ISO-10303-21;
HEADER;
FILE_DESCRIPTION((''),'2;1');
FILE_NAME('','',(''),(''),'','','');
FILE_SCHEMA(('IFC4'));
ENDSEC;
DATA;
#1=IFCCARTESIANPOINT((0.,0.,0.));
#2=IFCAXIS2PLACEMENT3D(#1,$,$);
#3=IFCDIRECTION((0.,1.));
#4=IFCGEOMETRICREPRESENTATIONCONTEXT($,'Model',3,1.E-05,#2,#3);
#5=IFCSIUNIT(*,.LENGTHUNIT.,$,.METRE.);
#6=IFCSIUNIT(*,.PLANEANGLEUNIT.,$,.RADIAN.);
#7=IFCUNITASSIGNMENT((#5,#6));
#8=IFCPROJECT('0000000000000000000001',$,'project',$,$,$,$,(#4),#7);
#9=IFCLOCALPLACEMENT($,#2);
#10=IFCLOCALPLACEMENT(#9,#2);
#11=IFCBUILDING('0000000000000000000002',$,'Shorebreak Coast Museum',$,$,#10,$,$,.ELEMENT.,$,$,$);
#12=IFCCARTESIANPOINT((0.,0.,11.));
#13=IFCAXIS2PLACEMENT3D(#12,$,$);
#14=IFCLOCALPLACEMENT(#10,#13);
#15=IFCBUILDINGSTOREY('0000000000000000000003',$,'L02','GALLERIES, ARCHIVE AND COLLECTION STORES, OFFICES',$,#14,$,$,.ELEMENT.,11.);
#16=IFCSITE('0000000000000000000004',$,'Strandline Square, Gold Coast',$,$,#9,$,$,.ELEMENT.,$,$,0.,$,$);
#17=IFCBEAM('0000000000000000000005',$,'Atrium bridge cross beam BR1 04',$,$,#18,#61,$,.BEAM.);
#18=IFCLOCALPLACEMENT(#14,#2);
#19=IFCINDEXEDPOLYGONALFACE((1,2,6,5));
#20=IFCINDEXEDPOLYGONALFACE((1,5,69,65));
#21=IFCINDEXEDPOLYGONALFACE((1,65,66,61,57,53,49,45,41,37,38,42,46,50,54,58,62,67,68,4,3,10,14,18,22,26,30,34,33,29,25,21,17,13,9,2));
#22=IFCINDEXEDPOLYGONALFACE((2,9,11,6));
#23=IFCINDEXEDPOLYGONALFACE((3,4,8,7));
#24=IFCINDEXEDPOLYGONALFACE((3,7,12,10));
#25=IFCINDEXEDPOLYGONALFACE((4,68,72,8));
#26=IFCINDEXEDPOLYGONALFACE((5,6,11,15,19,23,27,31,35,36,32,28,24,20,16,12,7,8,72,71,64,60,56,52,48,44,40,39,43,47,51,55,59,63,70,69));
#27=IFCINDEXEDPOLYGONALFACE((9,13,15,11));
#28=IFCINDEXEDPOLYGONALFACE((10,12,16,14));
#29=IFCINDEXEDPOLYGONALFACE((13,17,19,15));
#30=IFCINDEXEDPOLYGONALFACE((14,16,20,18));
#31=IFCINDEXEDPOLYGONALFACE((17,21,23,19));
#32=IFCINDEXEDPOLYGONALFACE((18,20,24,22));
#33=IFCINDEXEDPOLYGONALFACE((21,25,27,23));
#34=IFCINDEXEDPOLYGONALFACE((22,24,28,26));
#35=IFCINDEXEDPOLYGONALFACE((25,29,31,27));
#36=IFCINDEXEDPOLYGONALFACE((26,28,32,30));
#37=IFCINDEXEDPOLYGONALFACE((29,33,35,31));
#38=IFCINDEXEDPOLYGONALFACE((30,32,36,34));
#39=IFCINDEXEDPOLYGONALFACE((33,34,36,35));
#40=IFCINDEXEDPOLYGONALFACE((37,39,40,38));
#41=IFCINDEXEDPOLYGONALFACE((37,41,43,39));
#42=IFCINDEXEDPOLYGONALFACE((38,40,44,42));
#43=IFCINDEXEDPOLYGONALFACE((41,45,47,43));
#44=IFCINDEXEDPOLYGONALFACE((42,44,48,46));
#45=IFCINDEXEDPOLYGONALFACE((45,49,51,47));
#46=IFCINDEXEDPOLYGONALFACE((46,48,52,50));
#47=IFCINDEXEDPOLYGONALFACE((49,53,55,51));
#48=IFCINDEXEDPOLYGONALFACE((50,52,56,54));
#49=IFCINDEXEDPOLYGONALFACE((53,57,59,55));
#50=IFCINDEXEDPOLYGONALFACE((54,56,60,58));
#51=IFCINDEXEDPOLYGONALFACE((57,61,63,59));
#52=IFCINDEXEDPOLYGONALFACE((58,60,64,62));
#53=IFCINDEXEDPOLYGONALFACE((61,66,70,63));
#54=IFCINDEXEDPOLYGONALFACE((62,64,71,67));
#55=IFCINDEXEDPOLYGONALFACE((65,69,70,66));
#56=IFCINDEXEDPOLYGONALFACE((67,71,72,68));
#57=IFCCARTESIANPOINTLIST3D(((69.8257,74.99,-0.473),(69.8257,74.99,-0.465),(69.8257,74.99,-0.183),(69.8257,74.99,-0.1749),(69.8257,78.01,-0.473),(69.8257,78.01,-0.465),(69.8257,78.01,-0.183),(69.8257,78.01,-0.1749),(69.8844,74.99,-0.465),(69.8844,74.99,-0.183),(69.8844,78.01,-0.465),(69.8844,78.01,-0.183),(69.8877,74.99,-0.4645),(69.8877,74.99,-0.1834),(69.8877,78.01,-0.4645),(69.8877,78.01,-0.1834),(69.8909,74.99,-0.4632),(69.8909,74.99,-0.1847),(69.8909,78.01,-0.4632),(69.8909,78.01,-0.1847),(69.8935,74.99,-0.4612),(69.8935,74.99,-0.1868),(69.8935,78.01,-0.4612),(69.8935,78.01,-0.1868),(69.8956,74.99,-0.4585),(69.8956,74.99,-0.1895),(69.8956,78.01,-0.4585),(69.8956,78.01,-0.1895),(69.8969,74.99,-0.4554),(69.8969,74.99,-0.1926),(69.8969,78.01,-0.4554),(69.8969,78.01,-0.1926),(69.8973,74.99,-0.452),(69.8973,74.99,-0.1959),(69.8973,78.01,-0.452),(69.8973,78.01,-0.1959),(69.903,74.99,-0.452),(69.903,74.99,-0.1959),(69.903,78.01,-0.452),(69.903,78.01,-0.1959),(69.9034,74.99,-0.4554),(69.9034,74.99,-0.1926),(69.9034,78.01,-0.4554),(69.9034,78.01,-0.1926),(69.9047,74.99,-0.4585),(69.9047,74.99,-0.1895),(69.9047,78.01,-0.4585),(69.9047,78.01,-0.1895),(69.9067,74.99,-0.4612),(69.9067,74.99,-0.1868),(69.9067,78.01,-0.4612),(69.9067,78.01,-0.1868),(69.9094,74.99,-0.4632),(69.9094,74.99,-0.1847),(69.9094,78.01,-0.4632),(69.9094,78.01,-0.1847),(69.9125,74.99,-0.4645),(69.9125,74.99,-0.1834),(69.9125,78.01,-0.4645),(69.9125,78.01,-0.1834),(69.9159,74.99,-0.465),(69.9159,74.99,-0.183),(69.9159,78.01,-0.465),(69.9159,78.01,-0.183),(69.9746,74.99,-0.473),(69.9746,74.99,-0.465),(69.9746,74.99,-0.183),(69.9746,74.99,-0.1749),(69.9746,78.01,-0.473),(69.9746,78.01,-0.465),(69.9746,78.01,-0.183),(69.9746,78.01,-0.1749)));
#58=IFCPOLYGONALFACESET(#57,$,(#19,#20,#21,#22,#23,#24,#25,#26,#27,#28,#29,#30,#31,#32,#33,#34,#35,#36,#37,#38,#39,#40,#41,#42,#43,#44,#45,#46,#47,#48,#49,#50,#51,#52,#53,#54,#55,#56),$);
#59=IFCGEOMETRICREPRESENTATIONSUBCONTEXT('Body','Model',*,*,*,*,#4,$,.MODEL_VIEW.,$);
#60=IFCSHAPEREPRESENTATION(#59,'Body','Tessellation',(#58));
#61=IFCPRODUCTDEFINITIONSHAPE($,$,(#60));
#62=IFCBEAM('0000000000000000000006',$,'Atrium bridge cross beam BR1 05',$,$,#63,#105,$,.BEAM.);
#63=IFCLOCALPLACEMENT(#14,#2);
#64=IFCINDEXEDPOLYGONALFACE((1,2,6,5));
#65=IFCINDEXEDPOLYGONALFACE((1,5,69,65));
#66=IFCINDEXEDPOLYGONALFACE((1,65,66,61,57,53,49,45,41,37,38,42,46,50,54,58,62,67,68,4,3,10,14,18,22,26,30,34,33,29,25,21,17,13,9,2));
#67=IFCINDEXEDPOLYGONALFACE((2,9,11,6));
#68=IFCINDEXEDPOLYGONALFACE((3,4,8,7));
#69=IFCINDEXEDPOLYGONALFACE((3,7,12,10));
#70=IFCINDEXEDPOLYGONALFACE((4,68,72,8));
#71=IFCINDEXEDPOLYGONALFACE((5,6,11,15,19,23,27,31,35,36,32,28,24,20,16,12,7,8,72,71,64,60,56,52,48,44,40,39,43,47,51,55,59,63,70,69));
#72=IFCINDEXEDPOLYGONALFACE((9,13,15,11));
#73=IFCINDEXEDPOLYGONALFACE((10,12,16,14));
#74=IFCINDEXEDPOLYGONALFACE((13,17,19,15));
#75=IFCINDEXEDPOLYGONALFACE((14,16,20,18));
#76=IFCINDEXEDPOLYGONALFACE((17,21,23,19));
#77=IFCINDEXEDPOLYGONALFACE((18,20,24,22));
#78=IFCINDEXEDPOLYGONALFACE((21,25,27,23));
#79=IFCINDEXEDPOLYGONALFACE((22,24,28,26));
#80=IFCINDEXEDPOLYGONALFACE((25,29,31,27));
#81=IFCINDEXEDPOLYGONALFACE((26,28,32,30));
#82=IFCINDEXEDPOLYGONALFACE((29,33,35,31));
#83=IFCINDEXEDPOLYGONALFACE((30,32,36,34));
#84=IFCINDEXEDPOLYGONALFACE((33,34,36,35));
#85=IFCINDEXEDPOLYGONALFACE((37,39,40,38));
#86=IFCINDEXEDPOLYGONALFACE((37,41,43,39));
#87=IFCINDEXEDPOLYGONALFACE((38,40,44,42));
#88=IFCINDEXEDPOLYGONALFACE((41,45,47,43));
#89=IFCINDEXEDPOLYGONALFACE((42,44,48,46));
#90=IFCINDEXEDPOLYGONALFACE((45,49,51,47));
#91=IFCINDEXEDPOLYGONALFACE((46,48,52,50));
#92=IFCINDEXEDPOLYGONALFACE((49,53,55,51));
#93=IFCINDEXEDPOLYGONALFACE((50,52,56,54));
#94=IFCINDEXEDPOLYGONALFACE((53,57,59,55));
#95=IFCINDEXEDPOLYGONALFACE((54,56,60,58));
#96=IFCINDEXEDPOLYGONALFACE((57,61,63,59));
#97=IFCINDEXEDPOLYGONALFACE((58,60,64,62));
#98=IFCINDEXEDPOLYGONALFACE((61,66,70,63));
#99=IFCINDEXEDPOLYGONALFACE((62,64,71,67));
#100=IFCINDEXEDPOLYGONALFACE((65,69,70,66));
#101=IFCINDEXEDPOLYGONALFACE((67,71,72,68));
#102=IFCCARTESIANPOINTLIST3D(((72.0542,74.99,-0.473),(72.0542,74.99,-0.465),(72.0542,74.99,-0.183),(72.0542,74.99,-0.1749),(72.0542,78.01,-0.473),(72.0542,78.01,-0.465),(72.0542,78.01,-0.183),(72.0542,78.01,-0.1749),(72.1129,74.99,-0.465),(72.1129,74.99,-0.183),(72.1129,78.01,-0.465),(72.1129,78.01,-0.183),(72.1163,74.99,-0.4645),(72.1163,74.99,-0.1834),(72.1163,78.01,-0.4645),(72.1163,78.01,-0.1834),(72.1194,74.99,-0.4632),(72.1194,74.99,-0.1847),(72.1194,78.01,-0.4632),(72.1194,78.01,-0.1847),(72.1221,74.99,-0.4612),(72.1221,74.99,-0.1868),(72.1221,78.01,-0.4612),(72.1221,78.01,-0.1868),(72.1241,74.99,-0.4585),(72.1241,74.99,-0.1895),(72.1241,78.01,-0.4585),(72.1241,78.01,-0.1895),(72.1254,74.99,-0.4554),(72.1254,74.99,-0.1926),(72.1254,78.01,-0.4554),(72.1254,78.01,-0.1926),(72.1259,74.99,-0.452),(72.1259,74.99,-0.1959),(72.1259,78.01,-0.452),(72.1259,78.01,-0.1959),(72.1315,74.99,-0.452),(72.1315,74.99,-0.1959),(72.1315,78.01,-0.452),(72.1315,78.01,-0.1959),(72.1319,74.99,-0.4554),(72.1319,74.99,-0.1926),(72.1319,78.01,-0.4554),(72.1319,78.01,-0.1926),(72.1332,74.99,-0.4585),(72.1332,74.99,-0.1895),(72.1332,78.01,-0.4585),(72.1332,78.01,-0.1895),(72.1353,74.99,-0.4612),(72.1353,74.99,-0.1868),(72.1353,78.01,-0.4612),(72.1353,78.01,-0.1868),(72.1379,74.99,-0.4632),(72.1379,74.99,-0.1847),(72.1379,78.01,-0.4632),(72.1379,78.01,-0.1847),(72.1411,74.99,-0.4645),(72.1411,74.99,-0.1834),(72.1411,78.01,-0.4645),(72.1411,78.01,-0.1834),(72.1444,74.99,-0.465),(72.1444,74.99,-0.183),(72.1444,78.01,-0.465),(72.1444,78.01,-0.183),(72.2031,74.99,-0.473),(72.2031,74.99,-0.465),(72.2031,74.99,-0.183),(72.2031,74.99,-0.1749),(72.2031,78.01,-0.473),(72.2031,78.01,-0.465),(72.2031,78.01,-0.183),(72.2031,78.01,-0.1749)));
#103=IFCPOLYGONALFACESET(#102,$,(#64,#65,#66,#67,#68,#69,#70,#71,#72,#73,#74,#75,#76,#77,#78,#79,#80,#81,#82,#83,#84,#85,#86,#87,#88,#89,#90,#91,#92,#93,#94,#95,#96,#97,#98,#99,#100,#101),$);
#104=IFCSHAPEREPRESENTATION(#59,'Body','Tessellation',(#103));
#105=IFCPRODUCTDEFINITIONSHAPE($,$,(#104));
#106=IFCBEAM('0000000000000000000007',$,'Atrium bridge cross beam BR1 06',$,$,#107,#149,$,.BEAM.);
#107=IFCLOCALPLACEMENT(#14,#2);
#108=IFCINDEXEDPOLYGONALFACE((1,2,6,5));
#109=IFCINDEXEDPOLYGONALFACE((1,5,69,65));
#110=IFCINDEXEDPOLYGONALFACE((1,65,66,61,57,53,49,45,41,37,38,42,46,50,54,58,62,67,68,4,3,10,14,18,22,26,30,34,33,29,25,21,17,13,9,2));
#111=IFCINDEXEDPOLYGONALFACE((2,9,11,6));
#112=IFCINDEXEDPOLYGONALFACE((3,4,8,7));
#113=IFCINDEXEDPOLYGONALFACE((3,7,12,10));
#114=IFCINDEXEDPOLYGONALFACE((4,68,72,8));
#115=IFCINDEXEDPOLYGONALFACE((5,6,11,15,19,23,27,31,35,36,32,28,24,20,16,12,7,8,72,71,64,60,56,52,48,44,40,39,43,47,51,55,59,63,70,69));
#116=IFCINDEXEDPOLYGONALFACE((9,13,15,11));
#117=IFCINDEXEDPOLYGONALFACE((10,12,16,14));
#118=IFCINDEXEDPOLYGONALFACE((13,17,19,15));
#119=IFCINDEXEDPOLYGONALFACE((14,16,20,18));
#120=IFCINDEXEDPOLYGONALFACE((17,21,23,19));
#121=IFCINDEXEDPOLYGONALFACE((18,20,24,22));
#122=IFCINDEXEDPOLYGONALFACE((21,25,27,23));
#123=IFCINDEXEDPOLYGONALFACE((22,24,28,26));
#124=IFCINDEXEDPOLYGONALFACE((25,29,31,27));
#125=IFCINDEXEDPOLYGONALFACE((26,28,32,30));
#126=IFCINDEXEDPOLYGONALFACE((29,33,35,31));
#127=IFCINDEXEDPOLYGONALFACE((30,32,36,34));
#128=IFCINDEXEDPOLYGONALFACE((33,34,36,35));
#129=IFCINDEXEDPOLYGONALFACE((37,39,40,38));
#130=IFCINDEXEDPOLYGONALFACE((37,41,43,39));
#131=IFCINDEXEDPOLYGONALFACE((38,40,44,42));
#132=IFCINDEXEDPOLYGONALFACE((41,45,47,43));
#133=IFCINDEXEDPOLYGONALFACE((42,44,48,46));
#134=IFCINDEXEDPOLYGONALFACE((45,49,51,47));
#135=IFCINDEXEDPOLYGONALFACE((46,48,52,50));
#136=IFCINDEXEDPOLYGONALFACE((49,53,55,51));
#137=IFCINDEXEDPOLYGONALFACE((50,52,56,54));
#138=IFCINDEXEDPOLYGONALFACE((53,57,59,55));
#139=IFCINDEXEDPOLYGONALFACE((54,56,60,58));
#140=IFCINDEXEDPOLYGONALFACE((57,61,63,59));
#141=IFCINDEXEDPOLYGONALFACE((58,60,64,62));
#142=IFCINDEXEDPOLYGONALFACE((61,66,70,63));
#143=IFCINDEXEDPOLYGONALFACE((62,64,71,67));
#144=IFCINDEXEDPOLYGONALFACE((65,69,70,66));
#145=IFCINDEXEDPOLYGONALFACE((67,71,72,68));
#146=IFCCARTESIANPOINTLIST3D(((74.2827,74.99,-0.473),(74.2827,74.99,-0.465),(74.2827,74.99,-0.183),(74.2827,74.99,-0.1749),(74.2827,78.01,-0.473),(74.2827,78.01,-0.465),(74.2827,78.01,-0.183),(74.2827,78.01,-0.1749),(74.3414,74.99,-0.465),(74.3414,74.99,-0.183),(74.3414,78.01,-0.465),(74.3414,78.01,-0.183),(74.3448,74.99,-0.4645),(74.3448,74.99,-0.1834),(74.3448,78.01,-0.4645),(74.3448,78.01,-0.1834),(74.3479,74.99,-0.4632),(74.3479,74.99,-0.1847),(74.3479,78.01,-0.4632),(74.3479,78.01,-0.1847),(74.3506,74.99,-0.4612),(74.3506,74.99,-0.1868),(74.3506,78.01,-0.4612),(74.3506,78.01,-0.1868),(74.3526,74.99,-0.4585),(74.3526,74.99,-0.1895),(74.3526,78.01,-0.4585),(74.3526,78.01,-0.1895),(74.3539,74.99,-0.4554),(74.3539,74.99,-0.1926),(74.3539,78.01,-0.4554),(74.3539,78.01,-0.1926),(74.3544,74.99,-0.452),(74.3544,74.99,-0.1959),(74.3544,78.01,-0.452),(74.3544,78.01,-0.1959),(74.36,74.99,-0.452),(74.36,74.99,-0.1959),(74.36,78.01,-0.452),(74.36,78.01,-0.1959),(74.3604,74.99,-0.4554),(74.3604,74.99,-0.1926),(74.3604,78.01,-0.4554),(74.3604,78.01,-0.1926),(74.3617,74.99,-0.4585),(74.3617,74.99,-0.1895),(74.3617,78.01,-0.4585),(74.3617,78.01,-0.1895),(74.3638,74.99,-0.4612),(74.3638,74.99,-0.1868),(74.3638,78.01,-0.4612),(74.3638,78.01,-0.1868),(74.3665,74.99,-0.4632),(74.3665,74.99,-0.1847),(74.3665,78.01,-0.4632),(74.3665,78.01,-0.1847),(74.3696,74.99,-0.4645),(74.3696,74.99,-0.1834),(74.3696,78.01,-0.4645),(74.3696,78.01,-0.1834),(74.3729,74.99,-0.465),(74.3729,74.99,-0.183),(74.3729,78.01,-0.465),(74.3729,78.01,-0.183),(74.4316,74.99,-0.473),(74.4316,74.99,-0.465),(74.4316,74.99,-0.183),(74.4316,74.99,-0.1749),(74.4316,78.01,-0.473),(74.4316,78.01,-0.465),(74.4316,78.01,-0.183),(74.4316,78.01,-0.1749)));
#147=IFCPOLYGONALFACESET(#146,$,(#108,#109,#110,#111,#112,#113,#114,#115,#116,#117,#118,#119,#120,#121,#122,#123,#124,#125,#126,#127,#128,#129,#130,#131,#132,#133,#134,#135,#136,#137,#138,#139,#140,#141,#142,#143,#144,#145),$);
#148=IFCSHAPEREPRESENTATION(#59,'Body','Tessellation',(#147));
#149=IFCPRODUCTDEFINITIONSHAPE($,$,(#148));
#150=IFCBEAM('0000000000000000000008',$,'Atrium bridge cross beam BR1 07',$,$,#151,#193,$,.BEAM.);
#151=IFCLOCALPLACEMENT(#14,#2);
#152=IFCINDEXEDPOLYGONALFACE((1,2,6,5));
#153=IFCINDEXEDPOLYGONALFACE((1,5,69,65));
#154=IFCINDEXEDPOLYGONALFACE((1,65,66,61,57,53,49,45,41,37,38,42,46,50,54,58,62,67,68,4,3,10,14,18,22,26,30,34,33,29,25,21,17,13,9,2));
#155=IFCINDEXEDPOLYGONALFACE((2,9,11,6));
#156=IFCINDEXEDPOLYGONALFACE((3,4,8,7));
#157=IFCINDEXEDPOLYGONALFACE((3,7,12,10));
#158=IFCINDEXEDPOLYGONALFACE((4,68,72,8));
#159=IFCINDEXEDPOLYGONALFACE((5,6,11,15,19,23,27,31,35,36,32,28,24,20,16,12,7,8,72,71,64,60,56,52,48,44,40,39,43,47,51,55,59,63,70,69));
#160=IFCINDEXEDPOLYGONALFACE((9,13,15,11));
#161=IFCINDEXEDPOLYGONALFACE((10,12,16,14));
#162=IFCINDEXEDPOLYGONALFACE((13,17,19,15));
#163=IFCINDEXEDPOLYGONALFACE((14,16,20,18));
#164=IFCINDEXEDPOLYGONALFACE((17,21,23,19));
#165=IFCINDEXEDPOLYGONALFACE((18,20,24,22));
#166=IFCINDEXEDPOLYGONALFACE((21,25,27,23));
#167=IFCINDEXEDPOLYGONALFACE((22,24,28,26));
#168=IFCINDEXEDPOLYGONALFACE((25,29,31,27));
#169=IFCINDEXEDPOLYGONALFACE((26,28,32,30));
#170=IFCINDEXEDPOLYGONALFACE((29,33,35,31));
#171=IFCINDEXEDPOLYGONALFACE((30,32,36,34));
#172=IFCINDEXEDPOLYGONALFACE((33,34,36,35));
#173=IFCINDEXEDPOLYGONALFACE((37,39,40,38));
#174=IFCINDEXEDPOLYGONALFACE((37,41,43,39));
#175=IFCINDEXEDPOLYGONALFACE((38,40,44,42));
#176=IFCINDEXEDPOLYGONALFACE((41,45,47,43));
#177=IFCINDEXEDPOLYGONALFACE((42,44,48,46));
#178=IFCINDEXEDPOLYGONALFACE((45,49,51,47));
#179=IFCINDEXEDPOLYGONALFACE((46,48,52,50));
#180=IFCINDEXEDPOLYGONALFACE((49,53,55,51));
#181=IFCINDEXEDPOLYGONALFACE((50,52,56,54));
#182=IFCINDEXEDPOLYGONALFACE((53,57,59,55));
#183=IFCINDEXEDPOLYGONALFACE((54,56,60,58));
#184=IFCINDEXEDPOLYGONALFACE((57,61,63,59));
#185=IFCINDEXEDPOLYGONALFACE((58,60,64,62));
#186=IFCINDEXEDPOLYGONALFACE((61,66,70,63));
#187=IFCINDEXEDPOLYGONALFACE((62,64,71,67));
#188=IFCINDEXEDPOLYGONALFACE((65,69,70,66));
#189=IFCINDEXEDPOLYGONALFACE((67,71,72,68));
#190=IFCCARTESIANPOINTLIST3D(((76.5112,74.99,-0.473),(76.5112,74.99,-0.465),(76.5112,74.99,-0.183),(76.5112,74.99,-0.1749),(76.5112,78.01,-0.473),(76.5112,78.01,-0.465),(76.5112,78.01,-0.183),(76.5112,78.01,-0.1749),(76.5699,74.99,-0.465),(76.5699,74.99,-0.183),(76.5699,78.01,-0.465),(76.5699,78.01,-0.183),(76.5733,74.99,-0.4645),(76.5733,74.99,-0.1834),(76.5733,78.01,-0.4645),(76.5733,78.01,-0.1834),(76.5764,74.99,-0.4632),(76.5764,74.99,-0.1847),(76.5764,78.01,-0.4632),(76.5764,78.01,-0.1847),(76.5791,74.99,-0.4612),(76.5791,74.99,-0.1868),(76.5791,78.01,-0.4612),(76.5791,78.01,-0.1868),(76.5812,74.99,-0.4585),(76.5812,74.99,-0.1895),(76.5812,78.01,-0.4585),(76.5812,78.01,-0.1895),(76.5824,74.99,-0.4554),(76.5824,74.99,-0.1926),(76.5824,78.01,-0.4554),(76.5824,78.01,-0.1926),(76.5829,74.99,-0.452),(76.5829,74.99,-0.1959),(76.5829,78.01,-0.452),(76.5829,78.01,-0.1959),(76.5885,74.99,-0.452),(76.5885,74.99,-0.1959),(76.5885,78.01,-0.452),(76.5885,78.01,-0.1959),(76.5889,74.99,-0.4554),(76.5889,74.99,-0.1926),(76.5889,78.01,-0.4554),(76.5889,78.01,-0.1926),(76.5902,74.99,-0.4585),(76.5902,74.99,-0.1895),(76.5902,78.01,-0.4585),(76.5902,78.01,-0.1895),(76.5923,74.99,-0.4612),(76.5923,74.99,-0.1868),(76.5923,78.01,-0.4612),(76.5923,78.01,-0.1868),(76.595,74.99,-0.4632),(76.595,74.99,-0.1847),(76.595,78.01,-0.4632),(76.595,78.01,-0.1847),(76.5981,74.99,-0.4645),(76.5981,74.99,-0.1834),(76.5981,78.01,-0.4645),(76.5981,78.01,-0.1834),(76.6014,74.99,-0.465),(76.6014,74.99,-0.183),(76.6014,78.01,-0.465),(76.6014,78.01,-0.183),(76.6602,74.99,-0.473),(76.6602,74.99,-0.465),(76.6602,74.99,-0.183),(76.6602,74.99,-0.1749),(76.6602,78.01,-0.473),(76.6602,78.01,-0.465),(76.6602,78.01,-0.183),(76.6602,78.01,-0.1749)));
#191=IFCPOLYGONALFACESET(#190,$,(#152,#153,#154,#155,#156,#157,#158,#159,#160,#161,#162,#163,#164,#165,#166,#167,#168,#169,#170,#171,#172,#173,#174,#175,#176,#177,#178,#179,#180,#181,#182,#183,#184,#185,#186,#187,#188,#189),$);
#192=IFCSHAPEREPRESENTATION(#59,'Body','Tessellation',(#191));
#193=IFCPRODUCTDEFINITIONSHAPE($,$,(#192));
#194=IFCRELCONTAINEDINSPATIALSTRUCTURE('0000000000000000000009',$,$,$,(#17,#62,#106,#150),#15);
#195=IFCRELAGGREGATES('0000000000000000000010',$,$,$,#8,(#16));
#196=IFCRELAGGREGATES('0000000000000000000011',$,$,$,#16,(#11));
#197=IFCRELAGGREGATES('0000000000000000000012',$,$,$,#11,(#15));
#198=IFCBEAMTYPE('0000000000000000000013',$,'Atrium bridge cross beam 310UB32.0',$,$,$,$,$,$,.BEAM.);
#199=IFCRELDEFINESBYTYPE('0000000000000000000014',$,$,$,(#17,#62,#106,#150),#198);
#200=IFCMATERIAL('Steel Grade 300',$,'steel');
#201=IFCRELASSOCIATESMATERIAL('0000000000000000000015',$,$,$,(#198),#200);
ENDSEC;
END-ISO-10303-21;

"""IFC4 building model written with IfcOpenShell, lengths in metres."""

from ifc_helpers import new_model, si_unit, direction, frame, origin, origin_2d, place, context, subcontext, project, spatial, i_section, extrude, material, material_profile, profile_set, type_object, element, save


model = new_model("IFC4")

# Units and contexts
model_context = context("Model", 3, precision=1e-05, world=origin(), true_north=direction((0.0, 1.0)))
body_context = subcontext(model_context, "Body", "Model", "MODEL_VIEW")
ifc_project = project(units=[si_unit("LENGTHUNIT", "METRE"), si_unit("PLANEANGLEUNIT", "RADIAN")], contexts=[model_context])

# Site, building, storey
site_placement = place(None, origin())
site = spatial("IfcSite", under=ifc_project, at=site_placement, Name="Strandline Square, Gold Coast", CompositionType="ELEMENT", RefElevation=0.0)
building_placement = place(site_placement, origin())
building = spatial("IfcBuilding", under=site, at=building_placement, Name="Shorebreak Coast Museum", CompositionType="ELEMENT")
storey_placement = place(building_placement, frame((0.0, 0.0, 11.0)))
storey = spatial("IfcBuildingStorey", under=building, at=storey_placement, Name="L02", Description="GALLERIES, ARCHIVE AND COLLECTION STORES, OFFICES", CompositionType="ELEMENT", Elevation=11.0)

# Beams
ifc_material_1 = material(Name="Steel Grade 300", Category="steel")
ifc_material_profile_1 = material_profile(ifc_material_1, i_section(OverallWidth=0.1489, OverallDepth=0.2981, WebThickness=0.0056, FlangeThickness=0.0081, FilletRadius=0.0129, at=origin_2d()), Name="310UB32.0")
ifc_profile_set_1 = profile_set([ifc_material_profile_1], Name="Steel Grade 300")
beam_type_1 = type_object("IfcBeamType", Name="Atrium bridge cross beam 310UB32.0", PredefinedType="BEAM", material=ifc_profile_set_1)
for number, where, z_axis, x_axis, name in (
    (1, (69.9001, 74.99, -0.324), (0.0, 1.0, 0.0), (-1.0, 0.0, 0.0), "Atrium bridge cross beam BR1 04"),
    (2, (72.1287, 74.99, -0.324), (0.0, 1.0, 0.0), (-1.0, 0.0, 0.0), "Atrium bridge cross beam BR1 05"),
    (3, (74.3572, 74.99, -0.324), (0.0, 1.0, 0.0), (-1.0, 0.0, 0.0), "Atrium bridge cross beam BR1 06"),
    (4, (76.5857, 74.99, -0.324), (0.0, 1.0, 0.0), (-1.0, 0.0, 0.0), "Atrium bridge cross beam BR1 07"),
):
    element("IfcBeam", number, at=place(storey_placement, frame(where, z_axis=z_axis, x_axis=x_axis)), inside=storey, type_object=beam_type_1, Name=name, PredefinedType="BEAM", context=body_context, shape_type="SweptSolid", body=[
        extrude(i_section(OverallWidth=0.1489, OverallDepth=0.2981, WebThickness=0.0056, FlangeThickness=0.0081, FilletRadius=0.0129, at=origin_2d()), origin(), (0.0, 0.0, 1.0), 3.02),
    ])

save(model, "model.ifc")
